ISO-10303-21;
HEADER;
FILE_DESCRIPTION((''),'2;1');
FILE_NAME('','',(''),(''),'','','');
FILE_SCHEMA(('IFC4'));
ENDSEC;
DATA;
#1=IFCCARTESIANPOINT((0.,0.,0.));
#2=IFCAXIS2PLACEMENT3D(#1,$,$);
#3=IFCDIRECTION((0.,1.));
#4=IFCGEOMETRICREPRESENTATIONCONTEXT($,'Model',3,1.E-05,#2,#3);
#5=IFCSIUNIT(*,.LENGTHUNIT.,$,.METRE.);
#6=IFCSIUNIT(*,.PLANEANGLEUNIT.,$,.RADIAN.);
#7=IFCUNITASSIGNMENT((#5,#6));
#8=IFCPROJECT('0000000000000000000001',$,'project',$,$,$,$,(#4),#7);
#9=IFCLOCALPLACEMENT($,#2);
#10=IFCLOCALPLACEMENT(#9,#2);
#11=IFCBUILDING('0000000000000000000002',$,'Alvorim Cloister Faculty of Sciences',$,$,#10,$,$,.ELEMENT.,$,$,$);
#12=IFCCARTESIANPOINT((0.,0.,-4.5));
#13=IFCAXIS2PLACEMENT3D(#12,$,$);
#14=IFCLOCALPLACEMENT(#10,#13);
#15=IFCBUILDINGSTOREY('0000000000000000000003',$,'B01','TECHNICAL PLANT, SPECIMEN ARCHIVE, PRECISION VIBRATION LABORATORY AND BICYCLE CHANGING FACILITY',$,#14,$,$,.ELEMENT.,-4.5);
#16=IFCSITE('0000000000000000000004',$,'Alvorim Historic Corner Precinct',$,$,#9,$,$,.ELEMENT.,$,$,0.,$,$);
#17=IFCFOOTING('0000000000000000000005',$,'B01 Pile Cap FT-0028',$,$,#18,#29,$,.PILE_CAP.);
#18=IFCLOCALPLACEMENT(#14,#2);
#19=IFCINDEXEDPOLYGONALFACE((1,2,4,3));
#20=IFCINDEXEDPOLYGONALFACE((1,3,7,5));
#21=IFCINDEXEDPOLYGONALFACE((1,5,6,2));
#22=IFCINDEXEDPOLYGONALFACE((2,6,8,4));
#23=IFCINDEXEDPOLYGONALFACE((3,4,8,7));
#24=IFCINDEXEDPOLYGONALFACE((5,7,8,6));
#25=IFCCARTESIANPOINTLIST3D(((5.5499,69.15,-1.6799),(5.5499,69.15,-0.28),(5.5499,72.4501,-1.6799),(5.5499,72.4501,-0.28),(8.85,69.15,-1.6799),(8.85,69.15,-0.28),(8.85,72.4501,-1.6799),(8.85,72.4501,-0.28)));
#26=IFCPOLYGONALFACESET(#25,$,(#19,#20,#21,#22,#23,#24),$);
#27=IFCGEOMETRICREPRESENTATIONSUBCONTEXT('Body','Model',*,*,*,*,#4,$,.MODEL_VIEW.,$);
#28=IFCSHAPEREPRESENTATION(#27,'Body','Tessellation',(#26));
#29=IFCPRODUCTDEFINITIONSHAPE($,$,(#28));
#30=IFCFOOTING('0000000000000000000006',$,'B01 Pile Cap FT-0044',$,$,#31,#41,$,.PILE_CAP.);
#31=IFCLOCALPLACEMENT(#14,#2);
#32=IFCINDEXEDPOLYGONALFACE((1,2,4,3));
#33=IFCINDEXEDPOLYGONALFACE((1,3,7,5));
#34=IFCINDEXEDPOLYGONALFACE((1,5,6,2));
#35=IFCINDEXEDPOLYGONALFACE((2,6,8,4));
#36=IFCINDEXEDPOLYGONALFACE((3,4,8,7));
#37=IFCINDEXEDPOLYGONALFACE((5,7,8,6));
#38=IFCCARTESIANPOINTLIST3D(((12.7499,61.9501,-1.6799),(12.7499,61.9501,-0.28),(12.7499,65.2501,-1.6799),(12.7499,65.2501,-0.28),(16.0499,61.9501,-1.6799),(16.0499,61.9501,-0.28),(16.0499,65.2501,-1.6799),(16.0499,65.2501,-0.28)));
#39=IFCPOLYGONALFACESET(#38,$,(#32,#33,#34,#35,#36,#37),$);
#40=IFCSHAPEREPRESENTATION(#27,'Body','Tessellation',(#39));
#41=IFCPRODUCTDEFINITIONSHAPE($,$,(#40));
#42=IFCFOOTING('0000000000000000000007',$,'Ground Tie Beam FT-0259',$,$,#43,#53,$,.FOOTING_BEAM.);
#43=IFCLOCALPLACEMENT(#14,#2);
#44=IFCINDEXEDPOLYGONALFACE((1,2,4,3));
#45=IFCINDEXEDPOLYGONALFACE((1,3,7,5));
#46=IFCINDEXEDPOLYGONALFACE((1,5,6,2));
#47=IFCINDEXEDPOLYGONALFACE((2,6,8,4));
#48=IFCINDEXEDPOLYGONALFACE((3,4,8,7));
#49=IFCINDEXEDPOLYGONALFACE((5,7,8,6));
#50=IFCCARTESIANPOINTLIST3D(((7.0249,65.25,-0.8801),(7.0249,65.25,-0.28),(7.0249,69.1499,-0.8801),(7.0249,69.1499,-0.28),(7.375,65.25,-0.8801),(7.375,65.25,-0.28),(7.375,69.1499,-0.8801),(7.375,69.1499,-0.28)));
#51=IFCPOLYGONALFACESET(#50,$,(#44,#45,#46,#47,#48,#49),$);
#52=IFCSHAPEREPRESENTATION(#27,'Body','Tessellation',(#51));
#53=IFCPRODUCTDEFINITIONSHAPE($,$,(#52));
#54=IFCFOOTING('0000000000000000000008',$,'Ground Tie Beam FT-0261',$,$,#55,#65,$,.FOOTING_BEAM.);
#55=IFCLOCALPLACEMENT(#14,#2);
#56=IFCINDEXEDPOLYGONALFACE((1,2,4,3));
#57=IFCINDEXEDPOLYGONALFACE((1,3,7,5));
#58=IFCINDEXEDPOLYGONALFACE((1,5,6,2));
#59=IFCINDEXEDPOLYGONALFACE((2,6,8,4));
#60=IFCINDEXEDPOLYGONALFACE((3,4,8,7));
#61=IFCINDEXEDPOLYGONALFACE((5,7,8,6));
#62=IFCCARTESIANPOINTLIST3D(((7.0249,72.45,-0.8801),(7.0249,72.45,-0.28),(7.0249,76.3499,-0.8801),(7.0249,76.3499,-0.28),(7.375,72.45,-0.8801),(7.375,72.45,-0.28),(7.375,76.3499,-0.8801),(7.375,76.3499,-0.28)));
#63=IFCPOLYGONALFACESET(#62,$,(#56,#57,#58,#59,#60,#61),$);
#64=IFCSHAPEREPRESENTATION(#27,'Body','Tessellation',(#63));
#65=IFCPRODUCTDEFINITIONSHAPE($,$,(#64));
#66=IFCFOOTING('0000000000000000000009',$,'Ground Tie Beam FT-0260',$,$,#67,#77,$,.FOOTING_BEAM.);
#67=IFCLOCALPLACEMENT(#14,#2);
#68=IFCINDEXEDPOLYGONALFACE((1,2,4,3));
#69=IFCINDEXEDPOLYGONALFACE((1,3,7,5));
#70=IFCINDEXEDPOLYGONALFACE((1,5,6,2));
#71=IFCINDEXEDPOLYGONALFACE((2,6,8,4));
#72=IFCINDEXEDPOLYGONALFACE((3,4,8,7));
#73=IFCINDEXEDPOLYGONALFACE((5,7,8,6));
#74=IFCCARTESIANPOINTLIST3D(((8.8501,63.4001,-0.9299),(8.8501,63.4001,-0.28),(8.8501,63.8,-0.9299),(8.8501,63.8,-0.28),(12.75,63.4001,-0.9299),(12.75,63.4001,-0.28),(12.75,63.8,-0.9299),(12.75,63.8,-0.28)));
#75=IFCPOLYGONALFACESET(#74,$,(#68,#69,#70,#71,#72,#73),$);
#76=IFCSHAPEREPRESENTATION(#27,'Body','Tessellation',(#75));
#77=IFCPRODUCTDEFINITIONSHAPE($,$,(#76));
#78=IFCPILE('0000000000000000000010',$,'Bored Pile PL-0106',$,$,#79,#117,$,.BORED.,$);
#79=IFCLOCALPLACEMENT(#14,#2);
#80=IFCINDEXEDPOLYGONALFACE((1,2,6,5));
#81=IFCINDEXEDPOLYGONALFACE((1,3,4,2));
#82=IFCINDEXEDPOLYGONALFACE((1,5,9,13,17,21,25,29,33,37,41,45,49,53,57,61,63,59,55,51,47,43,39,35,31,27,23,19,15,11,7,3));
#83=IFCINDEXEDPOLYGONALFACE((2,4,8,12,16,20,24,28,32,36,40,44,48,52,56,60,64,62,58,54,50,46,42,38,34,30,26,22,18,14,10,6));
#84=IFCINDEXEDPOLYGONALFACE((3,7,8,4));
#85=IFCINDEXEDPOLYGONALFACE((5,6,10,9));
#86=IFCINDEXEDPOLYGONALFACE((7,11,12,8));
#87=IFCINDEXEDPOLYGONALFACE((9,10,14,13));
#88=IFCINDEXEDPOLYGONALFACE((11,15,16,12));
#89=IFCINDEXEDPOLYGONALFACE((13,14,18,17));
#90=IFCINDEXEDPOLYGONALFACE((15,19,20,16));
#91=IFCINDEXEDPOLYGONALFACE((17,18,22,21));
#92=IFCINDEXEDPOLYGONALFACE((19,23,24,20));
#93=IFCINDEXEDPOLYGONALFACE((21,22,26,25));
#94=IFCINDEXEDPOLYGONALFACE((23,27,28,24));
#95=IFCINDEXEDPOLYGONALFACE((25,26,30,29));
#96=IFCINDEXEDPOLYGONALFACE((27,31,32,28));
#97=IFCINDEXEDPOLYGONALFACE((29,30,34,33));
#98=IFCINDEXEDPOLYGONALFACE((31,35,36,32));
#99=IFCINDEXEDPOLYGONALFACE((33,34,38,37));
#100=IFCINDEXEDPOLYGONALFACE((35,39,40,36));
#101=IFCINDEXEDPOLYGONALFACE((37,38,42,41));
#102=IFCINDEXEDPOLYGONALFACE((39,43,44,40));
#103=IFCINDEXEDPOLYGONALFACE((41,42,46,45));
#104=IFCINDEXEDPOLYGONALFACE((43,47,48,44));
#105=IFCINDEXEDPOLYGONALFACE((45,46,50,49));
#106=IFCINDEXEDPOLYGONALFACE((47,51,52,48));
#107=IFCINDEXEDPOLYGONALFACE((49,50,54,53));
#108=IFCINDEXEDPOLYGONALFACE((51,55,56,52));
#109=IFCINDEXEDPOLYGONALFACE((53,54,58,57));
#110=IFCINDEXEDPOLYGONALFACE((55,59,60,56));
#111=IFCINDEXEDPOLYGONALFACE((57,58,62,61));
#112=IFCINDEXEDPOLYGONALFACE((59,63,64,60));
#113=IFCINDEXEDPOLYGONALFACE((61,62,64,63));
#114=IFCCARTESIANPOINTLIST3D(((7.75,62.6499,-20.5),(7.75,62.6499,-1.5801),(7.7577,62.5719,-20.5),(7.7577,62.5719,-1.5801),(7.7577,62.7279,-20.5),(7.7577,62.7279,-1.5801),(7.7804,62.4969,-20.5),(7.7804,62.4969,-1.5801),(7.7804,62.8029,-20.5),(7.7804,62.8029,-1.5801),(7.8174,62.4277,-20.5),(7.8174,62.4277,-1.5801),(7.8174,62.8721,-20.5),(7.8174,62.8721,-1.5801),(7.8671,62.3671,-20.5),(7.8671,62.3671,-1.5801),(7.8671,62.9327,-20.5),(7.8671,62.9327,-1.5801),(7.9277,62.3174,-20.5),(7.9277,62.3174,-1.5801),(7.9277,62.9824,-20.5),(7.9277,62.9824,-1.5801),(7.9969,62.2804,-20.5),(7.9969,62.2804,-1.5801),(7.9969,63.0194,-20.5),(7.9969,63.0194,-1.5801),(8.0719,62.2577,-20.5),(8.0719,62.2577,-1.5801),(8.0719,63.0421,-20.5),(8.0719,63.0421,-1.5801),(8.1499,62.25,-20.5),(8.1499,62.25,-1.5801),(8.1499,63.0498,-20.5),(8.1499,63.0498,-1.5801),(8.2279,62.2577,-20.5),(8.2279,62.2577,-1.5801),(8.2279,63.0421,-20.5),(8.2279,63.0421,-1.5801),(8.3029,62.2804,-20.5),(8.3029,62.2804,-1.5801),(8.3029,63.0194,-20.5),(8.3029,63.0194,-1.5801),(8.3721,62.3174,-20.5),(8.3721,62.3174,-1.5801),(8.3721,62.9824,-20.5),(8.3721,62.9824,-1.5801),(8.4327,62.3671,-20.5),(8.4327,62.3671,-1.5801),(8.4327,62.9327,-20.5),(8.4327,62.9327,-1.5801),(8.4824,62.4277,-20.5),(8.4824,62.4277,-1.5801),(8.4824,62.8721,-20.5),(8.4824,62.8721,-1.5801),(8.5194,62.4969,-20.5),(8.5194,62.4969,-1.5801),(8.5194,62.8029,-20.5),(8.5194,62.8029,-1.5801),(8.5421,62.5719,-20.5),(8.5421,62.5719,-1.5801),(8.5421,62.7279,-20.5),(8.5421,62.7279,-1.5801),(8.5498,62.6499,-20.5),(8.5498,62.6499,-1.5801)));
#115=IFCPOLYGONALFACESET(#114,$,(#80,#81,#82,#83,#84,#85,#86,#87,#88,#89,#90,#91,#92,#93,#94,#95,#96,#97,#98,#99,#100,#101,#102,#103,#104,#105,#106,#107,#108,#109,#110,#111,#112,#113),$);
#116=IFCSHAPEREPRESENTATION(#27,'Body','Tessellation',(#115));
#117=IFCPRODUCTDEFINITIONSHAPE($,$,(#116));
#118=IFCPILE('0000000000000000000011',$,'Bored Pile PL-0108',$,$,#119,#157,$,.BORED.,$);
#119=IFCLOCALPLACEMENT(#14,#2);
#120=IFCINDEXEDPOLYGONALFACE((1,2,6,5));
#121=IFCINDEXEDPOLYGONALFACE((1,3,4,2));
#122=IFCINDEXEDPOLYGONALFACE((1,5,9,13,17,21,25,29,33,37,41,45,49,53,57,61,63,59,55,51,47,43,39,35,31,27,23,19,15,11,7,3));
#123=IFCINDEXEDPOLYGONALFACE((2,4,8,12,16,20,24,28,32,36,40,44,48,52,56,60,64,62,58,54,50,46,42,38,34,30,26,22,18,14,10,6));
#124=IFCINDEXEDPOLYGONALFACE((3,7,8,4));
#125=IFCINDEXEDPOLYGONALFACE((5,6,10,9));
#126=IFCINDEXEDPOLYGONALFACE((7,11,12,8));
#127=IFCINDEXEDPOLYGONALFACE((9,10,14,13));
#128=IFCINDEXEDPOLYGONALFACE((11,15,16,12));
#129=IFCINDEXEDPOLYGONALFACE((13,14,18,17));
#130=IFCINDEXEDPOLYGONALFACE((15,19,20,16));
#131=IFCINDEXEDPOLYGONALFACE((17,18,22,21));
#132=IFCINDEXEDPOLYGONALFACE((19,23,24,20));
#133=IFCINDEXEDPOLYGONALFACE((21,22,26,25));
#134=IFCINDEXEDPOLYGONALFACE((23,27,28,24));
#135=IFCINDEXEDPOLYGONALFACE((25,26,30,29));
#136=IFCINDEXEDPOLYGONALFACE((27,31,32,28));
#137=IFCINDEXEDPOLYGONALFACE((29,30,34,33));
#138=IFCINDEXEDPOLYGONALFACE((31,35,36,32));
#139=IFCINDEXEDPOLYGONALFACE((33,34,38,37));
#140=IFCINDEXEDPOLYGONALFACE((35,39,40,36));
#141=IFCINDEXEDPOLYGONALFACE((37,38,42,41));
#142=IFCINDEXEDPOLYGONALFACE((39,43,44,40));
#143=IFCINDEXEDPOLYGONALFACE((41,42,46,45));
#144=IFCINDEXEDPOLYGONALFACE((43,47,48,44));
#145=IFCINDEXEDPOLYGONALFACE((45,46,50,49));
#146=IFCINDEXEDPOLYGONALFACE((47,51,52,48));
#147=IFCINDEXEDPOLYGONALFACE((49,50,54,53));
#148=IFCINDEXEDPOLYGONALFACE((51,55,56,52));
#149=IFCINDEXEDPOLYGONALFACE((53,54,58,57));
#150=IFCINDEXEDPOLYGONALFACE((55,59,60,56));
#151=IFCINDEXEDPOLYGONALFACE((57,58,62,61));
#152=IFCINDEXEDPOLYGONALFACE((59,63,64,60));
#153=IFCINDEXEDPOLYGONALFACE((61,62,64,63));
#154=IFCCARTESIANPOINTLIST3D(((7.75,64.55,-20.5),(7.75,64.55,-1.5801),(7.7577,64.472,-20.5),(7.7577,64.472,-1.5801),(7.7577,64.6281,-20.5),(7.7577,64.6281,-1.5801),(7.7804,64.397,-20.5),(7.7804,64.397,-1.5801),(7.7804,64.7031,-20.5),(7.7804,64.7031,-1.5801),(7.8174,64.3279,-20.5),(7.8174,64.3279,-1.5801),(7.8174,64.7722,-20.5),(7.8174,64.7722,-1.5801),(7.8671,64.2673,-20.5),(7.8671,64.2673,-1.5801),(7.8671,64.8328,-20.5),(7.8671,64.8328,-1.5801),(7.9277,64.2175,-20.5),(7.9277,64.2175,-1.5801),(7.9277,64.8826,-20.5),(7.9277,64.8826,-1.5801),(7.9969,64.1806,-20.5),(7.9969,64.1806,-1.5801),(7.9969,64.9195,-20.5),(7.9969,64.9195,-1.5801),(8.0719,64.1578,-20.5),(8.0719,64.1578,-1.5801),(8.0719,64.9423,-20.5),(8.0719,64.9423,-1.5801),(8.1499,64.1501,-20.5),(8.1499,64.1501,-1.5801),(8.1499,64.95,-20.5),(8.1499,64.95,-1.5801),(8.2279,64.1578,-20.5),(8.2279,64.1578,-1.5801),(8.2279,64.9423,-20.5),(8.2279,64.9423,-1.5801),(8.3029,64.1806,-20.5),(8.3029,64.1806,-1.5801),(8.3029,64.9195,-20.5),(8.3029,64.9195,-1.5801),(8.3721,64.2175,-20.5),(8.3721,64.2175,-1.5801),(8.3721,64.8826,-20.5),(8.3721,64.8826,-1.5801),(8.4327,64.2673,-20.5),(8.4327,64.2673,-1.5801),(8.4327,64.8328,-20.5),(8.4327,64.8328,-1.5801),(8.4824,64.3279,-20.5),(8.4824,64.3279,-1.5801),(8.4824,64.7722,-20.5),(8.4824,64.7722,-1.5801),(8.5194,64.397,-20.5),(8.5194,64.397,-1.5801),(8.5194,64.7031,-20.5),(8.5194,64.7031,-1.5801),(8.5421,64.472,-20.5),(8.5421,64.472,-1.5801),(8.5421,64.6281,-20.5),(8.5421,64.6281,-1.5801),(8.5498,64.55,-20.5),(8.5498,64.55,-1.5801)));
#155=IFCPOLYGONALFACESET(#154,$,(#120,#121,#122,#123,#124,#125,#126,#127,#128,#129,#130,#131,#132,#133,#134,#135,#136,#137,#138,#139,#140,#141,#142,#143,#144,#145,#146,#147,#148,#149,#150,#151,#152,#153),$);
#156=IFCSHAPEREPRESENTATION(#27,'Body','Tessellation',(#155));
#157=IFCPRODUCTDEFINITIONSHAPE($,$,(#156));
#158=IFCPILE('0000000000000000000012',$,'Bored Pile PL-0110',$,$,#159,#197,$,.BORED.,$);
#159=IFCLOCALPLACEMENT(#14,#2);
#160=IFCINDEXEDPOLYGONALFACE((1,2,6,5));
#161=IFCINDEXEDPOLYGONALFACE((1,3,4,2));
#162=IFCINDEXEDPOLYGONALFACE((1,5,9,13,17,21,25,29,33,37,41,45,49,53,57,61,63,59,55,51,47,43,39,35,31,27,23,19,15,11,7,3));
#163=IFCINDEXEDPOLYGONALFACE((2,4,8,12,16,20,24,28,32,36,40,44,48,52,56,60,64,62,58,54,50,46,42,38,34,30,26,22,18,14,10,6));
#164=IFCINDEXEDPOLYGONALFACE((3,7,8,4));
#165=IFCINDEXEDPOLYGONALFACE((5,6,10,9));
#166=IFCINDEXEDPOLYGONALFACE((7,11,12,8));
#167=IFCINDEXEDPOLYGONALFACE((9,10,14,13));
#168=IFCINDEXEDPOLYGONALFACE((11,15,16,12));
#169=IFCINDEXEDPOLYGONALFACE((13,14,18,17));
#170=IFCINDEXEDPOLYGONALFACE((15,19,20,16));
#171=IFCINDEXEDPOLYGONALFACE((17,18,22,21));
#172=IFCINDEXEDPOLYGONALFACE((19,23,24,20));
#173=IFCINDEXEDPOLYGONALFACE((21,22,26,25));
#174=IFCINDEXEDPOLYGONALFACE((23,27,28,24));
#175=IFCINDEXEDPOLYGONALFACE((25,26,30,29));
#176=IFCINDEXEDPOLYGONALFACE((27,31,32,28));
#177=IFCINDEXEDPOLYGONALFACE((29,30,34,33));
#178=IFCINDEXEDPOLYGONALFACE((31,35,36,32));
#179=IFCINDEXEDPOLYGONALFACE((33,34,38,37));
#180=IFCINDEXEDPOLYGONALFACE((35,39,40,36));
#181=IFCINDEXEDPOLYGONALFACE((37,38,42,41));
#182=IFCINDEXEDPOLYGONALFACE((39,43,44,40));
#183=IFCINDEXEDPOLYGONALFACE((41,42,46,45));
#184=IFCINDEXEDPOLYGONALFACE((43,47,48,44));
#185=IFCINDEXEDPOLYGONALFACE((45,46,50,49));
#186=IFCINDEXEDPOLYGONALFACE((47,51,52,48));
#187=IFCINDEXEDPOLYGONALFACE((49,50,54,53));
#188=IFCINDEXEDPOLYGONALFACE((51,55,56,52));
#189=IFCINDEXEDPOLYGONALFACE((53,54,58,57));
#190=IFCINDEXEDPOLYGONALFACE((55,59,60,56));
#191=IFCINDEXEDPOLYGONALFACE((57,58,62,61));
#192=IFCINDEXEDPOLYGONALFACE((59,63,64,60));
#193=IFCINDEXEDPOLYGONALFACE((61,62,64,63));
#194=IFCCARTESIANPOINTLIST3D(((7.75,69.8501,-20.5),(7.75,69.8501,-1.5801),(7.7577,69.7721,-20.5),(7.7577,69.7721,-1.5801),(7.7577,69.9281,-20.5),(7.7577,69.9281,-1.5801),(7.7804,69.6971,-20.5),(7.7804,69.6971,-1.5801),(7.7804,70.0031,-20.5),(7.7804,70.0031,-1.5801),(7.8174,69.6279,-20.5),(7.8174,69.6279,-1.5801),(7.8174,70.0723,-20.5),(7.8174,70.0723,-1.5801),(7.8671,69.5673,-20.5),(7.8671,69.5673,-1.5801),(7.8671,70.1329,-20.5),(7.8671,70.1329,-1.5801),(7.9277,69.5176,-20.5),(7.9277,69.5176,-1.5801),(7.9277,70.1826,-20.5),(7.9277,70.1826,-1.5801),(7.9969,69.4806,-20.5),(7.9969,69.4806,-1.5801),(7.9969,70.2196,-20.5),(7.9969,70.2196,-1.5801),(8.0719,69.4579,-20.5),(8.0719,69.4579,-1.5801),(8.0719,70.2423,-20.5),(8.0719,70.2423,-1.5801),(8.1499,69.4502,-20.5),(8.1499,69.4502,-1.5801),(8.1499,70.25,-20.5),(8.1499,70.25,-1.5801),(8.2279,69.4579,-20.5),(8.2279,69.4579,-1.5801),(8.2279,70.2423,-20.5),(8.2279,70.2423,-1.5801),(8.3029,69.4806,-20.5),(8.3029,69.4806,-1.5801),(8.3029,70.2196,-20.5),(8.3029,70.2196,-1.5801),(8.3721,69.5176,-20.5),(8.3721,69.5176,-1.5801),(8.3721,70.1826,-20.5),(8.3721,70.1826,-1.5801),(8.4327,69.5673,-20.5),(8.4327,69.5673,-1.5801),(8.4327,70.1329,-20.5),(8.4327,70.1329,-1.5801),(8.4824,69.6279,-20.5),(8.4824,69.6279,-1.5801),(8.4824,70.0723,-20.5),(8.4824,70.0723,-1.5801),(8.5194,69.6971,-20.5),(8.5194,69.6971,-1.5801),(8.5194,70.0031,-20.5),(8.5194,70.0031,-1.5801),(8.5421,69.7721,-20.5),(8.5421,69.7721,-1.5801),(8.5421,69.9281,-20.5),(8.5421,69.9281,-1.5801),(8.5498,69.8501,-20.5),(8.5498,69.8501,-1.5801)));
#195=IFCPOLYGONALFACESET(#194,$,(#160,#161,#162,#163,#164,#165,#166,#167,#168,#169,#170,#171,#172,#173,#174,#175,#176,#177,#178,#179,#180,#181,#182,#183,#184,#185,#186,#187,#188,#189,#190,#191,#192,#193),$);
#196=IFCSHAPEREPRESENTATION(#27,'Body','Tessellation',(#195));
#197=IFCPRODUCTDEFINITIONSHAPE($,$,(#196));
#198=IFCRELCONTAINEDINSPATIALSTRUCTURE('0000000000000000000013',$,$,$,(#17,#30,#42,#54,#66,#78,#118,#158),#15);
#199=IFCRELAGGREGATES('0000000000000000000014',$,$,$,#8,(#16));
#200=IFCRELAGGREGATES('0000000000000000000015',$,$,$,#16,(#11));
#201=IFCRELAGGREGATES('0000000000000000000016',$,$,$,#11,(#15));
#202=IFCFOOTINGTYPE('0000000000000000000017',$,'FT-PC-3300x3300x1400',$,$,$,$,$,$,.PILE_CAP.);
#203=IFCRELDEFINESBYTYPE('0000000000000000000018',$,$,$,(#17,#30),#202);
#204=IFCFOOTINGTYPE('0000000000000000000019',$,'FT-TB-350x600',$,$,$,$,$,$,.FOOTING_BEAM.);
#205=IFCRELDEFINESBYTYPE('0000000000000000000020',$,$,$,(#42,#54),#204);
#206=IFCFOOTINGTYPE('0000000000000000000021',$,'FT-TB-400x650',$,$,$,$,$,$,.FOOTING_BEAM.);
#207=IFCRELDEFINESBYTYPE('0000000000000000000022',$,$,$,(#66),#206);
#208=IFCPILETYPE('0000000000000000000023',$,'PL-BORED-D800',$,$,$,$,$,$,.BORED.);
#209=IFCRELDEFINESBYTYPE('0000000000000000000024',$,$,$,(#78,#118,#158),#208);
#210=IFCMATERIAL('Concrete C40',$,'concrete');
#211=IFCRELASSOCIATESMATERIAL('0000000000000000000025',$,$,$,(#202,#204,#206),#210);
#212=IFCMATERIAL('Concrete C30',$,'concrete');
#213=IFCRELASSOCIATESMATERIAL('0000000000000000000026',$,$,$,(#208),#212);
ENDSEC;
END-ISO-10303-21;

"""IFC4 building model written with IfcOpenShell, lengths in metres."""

from ifc_helpers import new_model, si_unit, direction, frame, origin, origin_2d, place, context, subcontext, project, spatial, rectangle, circle, extrude, material, material_profile, profile_set, type_object, element, save


model = new_model("IFC4")

# Units and contexts
model_context = context("Model", 3, precision=1e-05, world=origin(), true_north=direction((0.0, 1.0)))
body_context = subcontext(model_context, "Body", "Model", "MODEL_VIEW")
ifc_project = project(units=[si_unit("LENGTHUNIT", "METRE"), si_unit("PLANEANGLEUNIT", "RADIAN")], contexts=[model_context])

# Site, building, storey
site_placement = place(None, origin())
site = spatial("IfcSite", under=ifc_project, at=site_placement, Name="Alvorim Historic Corner Precinct", CompositionType="ELEMENT", RefElevation=0.0)
building_placement = place(site_placement, origin())
building = spatial("IfcBuilding", under=site, at=building_placement, Name="Alvorim Cloister Faculty of Sciences", CompositionType="ELEMENT")
storey_placement = place(building_placement, frame((0.0, 0.0, -4.5)))
storey = spatial("IfcBuildingStorey", under=building, at=storey_placement, Name="B01", Description="TECHNICAL PLANT, SPECIMEN ARCHIVE, PRECISION VIBRATION LABORATORY AND BICYCLE CHANGING FACILITY", CompositionType="ELEMENT", Elevation=-4.5)

# Footings
ifc_material_1 = material(Name="Concrete C40", Category="concrete")
footing_type_1 = type_object("IfcFootingType", Name="FT-PC-3300x3300x1400", PredefinedType="PILE_CAP", material=ifc_material_1)
for number, where, z_axis, x_axis, name in (
    (1, (7.2, 70.8, -1.6799), (0.0, 0.0, 1.0), (1.0, 0.0, 0.0), "B01 Pile Cap FT-0028"),
    (2, (14.3999, 63.6001, -1.6799), (0.0, 0.0, 1.0), (1.0, 0.0, 0.0), "B01 Pile Cap FT-0044"),
):
    element("IfcFooting", number, at=place(storey_placement, frame(where, z_axis=z_axis, x_axis=x_axis)), inside=storey, type_object=footing_type_1, Name=name, PredefinedType="PILE_CAP", context=body_context, shape_type="SweptSolid", body=[
        extrude(rectangle(XDim=3.3, YDim=3.3, at=origin_2d()), origin(), (0.0, 0.0, 1.0), 1.3999),
    ])
footing_type_2 = type_object("IfcFootingType", Name="FT-TB-350x600", PredefinedType="FOOTING_BEAM", material=ifc_material_1)
for number, where, z_axis, x_axis, name in (
    (3, (7.2, 67.2, -0.8801), (0.0, 0.0, 1.0), (1.0, 0.0, 0.0), "Ground Tie Beam FT-0259"),
    (4, (7.2, 74.3999, -0.8801), (0.0, 0.0, 1.0), (1.0, 0.0, 0.0), "Ground Tie Beam FT-0261"),
):
    element("IfcFooting", number, at=place(storey_placement, frame(where, z_axis=z_axis, x_axis=x_axis)), inside=storey, type_object=footing_type_2, Name=name, PredefinedType="FOOTING_BEAM", context=body_context, shape_type="SweptSolid", body=[
        extrude(rectangle(XDim=0.3501, YDim=3.8999, at=origin_2d()), origin(), (0.0, 0.0, 1.0), 0.6001),
    ])
footing_type_3 = type_object("IfcFootingType", Name="FT-TB-400x650", PredefinedType="FOOTING_BEAM", material=ifc_material_1)
footing_placement = place(storey_placement, frame((10.8, 63.6001, -0.9299), z_axis=(0.0, 0.0, 1.0), x_axis=(1.0, 0.0, 0.0)))
element("IfcFooting", 5, at=footing_placement, inside=storey, type_object=footing_type_3, Name="Ground Tie Beam FT-0260", PredefinedType="FOOTING_BEAM", context=body_context, shape_type="SweptSolid", body=[
    extrude(rectangle(XDim=3.8999, YDim=0.3999, at=origin_2d()), origin(), (0.0, 0.0, 1.0), 0.6499),
])

# Piles
ifc_material_2 = material(Name="Concrete C30", Category="concrete")
ifc_material_profile_1 = material_profile(ifc_material_2, circle(Radius=0.3999, at=origin_2d()), Name="PILE-D800")
ifc_profile_set_1 = profile_set([ifc_material_profile_1], Name="Concrete C30")
pile_type = type_object("IfcPileType", Name="PL-BORED-D800", PredefinedType="BORED", material=ifc_profile_set_1)
for number, where, z_axis, x_axis, name in (
    (6, (8.1499, 62.6499, -1.5801), (0.0, 0.0, -1.0), (1.0, 0.0, 0.0), "Bored Pile PL-0106"),
    (7, (8.1499, 64.55, -1.5801), (0.0, 0.0, -1.0), (1.0, 0.0, 0.0), "Bored Pile PL-0108"),
    (8, (8.1499, 69.8501, -1.5801), (0.0, 0.0, -1.0), (1.0, 0.0, 0.0), "Bored Pile PL-0110"),
):
    element("IfcPile", number, at=place(storey_placement, frame(where, z_axis=z_axis, x_axis=x_axis)), inside=storey, type_object=pile_type, Name=name, PredefinedType="BORED", context=body_context, shape_type="SweptSolid", body=[
        extrude(circle(Radius=0.3999, at=origin_2d()), origin(), (0.0, 0.0, 1.0), 18.9199),
    ])

save(model, "model.ifc")
